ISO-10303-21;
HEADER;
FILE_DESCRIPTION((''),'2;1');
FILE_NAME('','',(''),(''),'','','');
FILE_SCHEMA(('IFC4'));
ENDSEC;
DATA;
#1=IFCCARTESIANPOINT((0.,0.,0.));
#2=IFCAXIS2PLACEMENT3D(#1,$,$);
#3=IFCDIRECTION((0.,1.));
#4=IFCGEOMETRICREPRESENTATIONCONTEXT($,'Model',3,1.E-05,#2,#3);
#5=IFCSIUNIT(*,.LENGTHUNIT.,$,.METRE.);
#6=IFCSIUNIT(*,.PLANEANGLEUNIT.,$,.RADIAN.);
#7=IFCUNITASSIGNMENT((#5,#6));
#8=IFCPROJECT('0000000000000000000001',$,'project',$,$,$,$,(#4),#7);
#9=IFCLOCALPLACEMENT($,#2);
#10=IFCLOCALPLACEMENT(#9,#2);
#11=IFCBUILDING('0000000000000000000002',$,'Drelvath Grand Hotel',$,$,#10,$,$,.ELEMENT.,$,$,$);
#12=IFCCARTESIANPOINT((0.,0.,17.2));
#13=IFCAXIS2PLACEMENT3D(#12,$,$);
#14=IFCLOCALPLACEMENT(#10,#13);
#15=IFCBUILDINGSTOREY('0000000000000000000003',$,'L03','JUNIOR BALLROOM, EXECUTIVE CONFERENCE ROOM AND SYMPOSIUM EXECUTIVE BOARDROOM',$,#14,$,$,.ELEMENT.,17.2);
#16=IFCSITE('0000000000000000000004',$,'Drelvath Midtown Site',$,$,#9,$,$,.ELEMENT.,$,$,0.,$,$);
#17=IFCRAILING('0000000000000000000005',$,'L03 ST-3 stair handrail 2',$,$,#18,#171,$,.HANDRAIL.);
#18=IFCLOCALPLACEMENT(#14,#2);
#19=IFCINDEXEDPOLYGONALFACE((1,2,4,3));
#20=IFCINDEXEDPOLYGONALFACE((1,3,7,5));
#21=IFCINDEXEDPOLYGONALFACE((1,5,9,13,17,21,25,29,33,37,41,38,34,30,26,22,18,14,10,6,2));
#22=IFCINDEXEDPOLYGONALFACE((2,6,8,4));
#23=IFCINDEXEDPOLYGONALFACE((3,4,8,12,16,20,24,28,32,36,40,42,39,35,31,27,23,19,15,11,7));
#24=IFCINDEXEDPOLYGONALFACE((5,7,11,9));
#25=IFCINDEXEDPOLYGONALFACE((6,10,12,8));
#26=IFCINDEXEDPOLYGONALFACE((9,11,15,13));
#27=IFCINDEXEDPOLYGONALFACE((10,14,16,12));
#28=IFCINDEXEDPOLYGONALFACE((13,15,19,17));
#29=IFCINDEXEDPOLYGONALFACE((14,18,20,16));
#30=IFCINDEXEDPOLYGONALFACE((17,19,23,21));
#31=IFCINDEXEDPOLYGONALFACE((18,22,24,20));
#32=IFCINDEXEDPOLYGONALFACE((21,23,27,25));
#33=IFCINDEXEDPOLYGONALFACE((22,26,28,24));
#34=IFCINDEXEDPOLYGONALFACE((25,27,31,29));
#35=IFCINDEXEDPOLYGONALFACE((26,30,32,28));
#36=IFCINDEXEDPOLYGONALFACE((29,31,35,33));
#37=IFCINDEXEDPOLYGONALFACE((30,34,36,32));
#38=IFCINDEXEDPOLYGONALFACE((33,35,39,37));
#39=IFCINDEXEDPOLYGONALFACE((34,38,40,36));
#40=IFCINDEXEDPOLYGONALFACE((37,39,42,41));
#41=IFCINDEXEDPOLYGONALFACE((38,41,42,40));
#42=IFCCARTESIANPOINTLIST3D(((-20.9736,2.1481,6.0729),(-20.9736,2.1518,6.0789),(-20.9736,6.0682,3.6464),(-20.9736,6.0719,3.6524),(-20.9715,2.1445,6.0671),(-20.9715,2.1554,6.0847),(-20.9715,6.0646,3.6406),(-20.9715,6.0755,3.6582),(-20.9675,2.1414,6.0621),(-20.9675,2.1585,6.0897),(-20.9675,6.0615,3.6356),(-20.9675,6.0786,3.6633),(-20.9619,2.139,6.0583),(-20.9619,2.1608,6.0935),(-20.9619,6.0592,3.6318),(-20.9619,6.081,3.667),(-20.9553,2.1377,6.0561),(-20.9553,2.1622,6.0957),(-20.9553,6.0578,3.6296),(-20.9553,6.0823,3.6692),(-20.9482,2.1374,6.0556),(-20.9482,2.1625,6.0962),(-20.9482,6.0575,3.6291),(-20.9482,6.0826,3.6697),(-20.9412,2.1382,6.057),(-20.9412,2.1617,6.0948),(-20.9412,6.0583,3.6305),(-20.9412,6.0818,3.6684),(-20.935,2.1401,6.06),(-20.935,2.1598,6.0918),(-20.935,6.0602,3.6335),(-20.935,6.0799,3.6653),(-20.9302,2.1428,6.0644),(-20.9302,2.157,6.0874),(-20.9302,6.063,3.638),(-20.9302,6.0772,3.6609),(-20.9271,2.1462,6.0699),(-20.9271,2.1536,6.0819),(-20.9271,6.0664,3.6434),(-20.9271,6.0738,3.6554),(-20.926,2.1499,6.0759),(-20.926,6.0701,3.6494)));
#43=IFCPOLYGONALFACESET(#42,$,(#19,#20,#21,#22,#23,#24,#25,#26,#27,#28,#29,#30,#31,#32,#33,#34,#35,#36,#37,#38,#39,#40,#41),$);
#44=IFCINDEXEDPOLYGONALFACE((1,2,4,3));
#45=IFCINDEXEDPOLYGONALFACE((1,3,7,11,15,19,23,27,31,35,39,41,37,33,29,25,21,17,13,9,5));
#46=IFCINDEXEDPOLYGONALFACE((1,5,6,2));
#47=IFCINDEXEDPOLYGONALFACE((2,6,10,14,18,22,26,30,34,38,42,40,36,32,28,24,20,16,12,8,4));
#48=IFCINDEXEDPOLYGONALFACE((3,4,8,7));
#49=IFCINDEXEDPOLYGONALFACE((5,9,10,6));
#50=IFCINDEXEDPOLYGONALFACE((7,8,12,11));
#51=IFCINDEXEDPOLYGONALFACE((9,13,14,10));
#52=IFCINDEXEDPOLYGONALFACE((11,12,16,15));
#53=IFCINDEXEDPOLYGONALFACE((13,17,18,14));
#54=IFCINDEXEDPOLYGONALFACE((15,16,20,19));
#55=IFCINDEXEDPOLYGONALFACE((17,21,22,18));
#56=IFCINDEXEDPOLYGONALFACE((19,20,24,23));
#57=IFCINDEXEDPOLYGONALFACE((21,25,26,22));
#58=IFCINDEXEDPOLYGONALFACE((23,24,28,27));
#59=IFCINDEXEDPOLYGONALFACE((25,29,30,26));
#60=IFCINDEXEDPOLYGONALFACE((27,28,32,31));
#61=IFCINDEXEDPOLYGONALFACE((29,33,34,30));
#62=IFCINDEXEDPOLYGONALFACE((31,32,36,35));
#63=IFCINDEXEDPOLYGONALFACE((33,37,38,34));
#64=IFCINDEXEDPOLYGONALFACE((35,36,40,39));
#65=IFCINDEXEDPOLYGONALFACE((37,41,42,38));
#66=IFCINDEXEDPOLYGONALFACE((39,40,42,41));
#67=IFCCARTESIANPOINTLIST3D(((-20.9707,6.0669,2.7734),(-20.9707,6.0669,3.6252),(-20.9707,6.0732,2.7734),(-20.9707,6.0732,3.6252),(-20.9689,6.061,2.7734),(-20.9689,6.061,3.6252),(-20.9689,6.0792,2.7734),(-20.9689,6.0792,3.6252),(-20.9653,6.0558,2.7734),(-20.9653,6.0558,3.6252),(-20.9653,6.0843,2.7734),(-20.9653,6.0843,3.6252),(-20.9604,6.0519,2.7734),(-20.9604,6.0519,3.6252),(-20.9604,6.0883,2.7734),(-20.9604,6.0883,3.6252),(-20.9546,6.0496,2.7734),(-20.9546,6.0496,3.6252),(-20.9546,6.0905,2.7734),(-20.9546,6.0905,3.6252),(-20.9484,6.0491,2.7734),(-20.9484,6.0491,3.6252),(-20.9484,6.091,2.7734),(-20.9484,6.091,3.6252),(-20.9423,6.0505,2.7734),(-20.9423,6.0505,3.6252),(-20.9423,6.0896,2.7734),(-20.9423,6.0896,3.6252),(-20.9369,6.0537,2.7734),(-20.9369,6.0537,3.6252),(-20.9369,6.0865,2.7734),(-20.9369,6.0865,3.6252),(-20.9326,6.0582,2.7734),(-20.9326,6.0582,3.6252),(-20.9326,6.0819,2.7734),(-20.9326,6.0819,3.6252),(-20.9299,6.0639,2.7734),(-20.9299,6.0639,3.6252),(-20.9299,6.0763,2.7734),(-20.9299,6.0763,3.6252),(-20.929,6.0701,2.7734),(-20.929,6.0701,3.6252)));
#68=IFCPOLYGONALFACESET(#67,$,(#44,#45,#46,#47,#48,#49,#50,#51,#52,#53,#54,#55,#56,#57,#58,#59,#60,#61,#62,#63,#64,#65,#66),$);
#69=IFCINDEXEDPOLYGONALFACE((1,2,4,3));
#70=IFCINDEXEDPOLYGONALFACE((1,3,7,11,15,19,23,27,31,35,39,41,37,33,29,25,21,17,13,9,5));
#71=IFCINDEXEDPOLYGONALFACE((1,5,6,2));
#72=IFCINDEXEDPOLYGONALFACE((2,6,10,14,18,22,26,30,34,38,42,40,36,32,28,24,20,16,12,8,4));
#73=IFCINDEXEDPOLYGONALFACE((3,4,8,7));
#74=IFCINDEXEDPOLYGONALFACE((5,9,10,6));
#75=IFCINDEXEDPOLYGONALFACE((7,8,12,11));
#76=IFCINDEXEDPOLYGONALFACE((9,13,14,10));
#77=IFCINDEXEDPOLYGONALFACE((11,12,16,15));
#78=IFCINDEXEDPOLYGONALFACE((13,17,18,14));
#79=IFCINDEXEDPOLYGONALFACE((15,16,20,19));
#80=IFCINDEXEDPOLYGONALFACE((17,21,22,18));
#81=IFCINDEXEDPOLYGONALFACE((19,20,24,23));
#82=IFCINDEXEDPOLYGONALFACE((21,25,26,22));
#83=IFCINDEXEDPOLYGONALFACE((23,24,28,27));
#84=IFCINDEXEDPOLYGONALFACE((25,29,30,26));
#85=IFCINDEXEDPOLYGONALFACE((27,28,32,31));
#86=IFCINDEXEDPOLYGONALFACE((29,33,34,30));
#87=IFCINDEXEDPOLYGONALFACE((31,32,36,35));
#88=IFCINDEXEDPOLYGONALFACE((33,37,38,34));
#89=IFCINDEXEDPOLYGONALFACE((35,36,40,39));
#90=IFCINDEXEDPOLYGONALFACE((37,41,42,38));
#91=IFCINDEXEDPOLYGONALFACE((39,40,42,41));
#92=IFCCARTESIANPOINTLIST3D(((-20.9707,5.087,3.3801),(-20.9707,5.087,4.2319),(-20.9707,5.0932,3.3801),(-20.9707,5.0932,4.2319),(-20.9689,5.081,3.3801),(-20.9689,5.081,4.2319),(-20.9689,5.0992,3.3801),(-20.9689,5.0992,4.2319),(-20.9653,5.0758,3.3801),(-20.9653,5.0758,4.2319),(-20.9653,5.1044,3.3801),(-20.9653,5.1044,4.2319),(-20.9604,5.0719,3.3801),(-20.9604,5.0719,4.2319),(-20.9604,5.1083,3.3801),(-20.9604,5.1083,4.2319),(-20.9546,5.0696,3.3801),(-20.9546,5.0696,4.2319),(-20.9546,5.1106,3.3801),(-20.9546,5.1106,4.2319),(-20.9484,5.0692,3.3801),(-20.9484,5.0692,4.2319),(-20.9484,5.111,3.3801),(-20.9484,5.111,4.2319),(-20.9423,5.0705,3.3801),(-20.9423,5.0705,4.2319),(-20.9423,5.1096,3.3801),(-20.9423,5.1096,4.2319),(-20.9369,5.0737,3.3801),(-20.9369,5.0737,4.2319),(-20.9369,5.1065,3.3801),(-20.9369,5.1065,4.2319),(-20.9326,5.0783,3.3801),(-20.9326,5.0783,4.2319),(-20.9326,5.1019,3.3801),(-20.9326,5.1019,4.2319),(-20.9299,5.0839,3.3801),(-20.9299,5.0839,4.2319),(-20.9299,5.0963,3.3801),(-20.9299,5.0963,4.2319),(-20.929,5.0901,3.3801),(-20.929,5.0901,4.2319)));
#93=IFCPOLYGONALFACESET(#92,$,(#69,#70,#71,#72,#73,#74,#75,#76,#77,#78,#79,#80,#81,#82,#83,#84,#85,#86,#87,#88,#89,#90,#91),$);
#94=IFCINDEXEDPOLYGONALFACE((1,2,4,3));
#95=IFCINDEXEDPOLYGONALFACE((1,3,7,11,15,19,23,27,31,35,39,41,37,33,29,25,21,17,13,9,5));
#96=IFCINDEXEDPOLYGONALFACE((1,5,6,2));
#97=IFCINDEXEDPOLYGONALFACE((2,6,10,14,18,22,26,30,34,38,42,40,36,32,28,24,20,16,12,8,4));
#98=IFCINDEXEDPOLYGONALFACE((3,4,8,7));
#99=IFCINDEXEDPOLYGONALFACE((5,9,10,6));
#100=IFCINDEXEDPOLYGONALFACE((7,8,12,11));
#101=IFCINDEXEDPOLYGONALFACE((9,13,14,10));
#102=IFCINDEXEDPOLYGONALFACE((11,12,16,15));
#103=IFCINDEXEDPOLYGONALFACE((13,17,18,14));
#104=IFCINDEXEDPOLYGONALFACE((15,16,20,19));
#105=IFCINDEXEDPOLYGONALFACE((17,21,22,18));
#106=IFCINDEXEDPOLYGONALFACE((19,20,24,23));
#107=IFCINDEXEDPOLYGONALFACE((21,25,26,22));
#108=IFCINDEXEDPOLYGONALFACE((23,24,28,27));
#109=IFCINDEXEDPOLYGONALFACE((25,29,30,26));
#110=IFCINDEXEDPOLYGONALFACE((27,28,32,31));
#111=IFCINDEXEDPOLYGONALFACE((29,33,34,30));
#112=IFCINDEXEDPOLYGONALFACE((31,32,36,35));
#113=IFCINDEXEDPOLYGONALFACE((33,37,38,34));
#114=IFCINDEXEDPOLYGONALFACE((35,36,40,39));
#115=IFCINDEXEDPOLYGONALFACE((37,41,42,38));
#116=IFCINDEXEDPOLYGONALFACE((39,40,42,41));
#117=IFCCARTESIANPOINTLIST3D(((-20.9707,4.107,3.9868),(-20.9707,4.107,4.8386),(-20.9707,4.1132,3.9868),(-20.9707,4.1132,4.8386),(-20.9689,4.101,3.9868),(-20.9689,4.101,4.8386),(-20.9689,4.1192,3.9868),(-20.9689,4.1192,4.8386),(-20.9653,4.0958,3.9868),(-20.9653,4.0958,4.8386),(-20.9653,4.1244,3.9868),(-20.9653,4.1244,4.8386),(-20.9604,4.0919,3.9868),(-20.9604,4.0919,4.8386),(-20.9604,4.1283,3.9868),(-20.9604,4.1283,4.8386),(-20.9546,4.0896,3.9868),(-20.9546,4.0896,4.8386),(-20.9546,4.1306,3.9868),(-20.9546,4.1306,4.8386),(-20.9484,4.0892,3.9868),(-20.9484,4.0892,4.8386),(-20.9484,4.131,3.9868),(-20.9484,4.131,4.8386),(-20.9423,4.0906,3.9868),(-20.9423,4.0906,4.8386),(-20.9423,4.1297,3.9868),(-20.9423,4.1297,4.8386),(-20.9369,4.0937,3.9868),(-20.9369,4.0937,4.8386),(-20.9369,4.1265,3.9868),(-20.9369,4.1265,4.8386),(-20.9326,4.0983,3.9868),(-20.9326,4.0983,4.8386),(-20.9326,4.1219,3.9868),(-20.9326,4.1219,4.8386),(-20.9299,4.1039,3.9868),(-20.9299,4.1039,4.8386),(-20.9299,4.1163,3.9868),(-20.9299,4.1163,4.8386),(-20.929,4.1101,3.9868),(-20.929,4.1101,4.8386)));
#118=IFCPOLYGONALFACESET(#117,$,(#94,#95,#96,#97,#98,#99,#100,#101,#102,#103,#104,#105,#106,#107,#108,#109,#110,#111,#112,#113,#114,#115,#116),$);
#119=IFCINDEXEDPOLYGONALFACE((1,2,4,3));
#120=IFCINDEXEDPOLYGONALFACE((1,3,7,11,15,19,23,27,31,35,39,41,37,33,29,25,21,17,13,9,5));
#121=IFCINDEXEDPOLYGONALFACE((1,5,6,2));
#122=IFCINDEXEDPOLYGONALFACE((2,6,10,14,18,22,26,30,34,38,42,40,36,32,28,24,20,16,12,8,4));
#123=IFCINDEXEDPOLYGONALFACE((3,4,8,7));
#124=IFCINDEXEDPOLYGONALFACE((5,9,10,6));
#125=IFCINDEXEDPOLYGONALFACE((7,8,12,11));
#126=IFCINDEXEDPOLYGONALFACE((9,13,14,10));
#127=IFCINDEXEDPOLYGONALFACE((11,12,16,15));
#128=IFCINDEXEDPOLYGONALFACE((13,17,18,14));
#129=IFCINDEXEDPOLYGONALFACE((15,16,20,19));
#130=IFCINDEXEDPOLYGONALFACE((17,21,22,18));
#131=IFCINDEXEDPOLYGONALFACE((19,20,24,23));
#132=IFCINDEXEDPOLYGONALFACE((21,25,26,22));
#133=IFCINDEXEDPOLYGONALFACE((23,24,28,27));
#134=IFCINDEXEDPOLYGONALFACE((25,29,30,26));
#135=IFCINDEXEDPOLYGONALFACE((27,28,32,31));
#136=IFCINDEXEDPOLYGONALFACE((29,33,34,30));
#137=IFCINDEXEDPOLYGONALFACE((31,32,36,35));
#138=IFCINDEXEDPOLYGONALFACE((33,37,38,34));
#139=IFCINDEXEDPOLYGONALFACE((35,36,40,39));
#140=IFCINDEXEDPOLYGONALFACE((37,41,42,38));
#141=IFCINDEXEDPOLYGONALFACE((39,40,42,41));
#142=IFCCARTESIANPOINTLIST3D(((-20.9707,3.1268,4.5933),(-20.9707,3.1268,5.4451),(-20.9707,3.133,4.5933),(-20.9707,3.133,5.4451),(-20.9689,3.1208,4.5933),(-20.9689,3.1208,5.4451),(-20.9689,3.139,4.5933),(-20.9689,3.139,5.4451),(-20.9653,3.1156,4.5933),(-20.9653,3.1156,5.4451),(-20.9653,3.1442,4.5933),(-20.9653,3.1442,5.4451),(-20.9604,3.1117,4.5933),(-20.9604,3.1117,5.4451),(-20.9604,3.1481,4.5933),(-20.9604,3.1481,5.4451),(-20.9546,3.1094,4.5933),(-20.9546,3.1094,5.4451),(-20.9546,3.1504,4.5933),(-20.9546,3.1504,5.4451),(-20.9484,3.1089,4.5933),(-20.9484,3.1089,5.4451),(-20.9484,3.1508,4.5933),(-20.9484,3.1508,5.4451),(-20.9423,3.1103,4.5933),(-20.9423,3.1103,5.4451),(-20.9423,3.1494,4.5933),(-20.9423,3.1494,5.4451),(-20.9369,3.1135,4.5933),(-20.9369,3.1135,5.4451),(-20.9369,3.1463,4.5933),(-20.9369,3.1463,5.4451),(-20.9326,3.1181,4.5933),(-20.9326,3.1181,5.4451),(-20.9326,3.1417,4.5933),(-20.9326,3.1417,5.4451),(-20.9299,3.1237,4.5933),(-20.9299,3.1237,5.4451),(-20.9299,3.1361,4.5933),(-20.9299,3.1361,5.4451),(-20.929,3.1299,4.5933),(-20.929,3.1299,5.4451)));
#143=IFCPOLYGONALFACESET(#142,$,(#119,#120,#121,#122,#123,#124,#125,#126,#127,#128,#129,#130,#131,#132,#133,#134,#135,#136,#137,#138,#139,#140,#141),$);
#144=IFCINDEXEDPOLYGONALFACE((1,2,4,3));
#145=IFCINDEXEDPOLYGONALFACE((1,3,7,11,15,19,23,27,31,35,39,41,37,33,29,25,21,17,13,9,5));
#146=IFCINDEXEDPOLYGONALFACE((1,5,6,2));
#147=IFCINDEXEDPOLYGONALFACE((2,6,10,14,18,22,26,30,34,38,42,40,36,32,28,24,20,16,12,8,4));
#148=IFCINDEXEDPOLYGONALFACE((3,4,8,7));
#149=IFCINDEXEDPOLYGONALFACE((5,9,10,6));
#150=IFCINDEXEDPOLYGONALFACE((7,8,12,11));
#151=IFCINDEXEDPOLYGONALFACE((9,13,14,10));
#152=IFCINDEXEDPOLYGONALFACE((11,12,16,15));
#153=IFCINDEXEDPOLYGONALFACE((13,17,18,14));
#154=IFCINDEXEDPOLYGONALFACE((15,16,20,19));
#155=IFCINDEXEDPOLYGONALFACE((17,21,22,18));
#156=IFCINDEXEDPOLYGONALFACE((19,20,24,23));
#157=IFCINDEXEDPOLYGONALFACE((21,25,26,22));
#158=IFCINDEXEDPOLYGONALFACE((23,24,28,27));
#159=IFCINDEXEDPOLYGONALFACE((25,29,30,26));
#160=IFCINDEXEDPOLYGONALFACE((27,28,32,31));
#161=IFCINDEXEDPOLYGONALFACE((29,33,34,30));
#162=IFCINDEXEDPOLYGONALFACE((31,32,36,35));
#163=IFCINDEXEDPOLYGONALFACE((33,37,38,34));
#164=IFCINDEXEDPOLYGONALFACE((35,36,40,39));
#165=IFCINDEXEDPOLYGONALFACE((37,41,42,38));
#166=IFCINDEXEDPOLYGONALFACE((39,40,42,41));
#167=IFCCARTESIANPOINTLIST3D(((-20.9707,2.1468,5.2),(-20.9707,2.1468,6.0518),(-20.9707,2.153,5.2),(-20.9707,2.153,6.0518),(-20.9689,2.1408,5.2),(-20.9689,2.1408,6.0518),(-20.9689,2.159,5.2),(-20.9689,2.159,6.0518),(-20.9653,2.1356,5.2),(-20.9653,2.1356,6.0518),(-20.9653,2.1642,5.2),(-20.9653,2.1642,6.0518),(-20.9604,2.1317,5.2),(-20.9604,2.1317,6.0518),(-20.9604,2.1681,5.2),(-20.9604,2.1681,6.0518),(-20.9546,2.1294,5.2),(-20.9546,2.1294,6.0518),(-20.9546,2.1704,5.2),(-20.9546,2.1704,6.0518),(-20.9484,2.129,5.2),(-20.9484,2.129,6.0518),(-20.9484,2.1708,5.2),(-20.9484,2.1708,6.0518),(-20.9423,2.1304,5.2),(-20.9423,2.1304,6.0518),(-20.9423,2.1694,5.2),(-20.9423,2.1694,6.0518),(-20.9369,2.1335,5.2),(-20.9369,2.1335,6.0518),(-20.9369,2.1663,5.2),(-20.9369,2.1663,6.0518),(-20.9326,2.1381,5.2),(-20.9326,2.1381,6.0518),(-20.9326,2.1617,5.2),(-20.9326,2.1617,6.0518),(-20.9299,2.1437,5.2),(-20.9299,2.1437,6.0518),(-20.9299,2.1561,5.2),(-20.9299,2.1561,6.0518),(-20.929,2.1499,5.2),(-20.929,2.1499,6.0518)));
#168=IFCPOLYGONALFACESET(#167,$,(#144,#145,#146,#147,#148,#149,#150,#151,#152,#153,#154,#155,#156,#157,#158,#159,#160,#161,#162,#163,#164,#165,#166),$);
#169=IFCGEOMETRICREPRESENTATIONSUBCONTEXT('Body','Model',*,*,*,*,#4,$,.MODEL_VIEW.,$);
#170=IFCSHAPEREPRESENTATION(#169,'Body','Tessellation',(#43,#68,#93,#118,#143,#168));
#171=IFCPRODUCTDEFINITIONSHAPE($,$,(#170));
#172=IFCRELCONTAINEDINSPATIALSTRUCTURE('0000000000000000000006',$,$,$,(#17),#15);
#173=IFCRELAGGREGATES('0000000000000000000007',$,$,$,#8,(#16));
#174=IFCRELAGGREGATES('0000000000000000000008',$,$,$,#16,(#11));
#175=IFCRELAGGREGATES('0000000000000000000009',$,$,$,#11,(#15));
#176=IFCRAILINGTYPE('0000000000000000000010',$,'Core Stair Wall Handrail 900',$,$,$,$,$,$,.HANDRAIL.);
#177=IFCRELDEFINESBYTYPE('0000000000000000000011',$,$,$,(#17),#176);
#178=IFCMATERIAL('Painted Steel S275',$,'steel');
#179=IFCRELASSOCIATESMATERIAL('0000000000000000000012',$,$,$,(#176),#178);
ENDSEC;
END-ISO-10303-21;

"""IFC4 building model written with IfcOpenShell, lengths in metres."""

from ifc_helpers import new_model, si_unit, direction, frame, origin, origin_2d, place, context, subcontext, project, spatial, circle, extrude, material, type_object, element, save


model = new_model("IFC4")

# Units and contexts
model_context = context("Model", 3, precision=1e-05, world=origin(), true_north=direction((0.0, 1.0)))
body_context = subcontext(model_context, "Body", "Model", "MODEL_VIEW")
ifc_project = project(units=[si_unit("LENGTHUNIT", "METRE"), si_unit("PLANEANGLEUNIT", "RADIAN")], contexts=[model_context])

# Site, building, storey
site_placement = place(None, origin())
site = spatial("IfcSite", under=ifc_project, at=site_placement, Name="Drelvath Midtown Site", CompositionType="ELEMENT", RefElevation=0.0)
building_placement = place(site_placement, origin())
building = spatial("IfcBuilding", under=site, at=building_placement, Name="Drelvath Grand Hotel", CompositionType="ELEMENT")
storey_placement = place(building_placement, frame((0.0, 0.0, 17.2)))
storey = spatial("IfcBuildingStorey", under=building, at=storey_placement, Name="L03", Description="JUNIOR BALLROOM, EXECUTIVE CONFERENCE ROOM AND SYMPOSIUM EXECUTIVE BOARDROOM", CompositionType="ELEMENT", Elevation=17.2)

# Shared definitions
ifc_material_1 = material(Name="Painted Steel S275", Category="steel")

# Railing
railing_type_1 = type_object("IfcRailingType", Name="Core Stair Wall Handrail 900", PredefinedType="HANDRAIL", material=ifc_material_1)
railing_1_placement = place(storey_placement, frame((-20.95, 6.0701, 2.7734)))
element("IfcRailing", 1, at=railing_1_placement, inside=storey, type_object=railing_type_1, Name="L03 ST-3 stair handrail 2", PredefinedType="HANDRAIL", context=body_context, shape_type="SweptSolid", body=[
    extrude(circle(Radius=0.0239, at=origin_2d()), frame((0.0, 0.0, 0.876), z_axis=(0.0, -0.85029, 0.526315), x_axis=(1.0, 0.0, 0.0)), (0.0, 0.0, 1.0), 4.6104),
    extrude(circle(Radius=0.021, at=origin_2d()), origin(), (0.0, 0.0, 1.0), 0.8518),
    extrude(circle(Radius=0.021, at=origin_2d()), frame((0.0, -0.98, 0.6067)), (0.0, 0.0, 1.0), 0.8518),
    extrude(circle(Radius=0.021, at=origin_2d()), frame((0.0, -1.96, 1.2134)), (0.0, 0.0, 1.0), 0.8518),
    extrude(circle(Radius=0.021, at=origin_2d()), frame((0.0, -2.9402, 1.8198)), (0.0, 0.0, 1.0), 0.8518),
    extrude(circle(Radius=0.021, at=origin_2d()), frame((0.0, -3.9202, 2.4265)), (0.0, 0.0, 1.0), 0.8518),
])

save(model, "model.ifc")
